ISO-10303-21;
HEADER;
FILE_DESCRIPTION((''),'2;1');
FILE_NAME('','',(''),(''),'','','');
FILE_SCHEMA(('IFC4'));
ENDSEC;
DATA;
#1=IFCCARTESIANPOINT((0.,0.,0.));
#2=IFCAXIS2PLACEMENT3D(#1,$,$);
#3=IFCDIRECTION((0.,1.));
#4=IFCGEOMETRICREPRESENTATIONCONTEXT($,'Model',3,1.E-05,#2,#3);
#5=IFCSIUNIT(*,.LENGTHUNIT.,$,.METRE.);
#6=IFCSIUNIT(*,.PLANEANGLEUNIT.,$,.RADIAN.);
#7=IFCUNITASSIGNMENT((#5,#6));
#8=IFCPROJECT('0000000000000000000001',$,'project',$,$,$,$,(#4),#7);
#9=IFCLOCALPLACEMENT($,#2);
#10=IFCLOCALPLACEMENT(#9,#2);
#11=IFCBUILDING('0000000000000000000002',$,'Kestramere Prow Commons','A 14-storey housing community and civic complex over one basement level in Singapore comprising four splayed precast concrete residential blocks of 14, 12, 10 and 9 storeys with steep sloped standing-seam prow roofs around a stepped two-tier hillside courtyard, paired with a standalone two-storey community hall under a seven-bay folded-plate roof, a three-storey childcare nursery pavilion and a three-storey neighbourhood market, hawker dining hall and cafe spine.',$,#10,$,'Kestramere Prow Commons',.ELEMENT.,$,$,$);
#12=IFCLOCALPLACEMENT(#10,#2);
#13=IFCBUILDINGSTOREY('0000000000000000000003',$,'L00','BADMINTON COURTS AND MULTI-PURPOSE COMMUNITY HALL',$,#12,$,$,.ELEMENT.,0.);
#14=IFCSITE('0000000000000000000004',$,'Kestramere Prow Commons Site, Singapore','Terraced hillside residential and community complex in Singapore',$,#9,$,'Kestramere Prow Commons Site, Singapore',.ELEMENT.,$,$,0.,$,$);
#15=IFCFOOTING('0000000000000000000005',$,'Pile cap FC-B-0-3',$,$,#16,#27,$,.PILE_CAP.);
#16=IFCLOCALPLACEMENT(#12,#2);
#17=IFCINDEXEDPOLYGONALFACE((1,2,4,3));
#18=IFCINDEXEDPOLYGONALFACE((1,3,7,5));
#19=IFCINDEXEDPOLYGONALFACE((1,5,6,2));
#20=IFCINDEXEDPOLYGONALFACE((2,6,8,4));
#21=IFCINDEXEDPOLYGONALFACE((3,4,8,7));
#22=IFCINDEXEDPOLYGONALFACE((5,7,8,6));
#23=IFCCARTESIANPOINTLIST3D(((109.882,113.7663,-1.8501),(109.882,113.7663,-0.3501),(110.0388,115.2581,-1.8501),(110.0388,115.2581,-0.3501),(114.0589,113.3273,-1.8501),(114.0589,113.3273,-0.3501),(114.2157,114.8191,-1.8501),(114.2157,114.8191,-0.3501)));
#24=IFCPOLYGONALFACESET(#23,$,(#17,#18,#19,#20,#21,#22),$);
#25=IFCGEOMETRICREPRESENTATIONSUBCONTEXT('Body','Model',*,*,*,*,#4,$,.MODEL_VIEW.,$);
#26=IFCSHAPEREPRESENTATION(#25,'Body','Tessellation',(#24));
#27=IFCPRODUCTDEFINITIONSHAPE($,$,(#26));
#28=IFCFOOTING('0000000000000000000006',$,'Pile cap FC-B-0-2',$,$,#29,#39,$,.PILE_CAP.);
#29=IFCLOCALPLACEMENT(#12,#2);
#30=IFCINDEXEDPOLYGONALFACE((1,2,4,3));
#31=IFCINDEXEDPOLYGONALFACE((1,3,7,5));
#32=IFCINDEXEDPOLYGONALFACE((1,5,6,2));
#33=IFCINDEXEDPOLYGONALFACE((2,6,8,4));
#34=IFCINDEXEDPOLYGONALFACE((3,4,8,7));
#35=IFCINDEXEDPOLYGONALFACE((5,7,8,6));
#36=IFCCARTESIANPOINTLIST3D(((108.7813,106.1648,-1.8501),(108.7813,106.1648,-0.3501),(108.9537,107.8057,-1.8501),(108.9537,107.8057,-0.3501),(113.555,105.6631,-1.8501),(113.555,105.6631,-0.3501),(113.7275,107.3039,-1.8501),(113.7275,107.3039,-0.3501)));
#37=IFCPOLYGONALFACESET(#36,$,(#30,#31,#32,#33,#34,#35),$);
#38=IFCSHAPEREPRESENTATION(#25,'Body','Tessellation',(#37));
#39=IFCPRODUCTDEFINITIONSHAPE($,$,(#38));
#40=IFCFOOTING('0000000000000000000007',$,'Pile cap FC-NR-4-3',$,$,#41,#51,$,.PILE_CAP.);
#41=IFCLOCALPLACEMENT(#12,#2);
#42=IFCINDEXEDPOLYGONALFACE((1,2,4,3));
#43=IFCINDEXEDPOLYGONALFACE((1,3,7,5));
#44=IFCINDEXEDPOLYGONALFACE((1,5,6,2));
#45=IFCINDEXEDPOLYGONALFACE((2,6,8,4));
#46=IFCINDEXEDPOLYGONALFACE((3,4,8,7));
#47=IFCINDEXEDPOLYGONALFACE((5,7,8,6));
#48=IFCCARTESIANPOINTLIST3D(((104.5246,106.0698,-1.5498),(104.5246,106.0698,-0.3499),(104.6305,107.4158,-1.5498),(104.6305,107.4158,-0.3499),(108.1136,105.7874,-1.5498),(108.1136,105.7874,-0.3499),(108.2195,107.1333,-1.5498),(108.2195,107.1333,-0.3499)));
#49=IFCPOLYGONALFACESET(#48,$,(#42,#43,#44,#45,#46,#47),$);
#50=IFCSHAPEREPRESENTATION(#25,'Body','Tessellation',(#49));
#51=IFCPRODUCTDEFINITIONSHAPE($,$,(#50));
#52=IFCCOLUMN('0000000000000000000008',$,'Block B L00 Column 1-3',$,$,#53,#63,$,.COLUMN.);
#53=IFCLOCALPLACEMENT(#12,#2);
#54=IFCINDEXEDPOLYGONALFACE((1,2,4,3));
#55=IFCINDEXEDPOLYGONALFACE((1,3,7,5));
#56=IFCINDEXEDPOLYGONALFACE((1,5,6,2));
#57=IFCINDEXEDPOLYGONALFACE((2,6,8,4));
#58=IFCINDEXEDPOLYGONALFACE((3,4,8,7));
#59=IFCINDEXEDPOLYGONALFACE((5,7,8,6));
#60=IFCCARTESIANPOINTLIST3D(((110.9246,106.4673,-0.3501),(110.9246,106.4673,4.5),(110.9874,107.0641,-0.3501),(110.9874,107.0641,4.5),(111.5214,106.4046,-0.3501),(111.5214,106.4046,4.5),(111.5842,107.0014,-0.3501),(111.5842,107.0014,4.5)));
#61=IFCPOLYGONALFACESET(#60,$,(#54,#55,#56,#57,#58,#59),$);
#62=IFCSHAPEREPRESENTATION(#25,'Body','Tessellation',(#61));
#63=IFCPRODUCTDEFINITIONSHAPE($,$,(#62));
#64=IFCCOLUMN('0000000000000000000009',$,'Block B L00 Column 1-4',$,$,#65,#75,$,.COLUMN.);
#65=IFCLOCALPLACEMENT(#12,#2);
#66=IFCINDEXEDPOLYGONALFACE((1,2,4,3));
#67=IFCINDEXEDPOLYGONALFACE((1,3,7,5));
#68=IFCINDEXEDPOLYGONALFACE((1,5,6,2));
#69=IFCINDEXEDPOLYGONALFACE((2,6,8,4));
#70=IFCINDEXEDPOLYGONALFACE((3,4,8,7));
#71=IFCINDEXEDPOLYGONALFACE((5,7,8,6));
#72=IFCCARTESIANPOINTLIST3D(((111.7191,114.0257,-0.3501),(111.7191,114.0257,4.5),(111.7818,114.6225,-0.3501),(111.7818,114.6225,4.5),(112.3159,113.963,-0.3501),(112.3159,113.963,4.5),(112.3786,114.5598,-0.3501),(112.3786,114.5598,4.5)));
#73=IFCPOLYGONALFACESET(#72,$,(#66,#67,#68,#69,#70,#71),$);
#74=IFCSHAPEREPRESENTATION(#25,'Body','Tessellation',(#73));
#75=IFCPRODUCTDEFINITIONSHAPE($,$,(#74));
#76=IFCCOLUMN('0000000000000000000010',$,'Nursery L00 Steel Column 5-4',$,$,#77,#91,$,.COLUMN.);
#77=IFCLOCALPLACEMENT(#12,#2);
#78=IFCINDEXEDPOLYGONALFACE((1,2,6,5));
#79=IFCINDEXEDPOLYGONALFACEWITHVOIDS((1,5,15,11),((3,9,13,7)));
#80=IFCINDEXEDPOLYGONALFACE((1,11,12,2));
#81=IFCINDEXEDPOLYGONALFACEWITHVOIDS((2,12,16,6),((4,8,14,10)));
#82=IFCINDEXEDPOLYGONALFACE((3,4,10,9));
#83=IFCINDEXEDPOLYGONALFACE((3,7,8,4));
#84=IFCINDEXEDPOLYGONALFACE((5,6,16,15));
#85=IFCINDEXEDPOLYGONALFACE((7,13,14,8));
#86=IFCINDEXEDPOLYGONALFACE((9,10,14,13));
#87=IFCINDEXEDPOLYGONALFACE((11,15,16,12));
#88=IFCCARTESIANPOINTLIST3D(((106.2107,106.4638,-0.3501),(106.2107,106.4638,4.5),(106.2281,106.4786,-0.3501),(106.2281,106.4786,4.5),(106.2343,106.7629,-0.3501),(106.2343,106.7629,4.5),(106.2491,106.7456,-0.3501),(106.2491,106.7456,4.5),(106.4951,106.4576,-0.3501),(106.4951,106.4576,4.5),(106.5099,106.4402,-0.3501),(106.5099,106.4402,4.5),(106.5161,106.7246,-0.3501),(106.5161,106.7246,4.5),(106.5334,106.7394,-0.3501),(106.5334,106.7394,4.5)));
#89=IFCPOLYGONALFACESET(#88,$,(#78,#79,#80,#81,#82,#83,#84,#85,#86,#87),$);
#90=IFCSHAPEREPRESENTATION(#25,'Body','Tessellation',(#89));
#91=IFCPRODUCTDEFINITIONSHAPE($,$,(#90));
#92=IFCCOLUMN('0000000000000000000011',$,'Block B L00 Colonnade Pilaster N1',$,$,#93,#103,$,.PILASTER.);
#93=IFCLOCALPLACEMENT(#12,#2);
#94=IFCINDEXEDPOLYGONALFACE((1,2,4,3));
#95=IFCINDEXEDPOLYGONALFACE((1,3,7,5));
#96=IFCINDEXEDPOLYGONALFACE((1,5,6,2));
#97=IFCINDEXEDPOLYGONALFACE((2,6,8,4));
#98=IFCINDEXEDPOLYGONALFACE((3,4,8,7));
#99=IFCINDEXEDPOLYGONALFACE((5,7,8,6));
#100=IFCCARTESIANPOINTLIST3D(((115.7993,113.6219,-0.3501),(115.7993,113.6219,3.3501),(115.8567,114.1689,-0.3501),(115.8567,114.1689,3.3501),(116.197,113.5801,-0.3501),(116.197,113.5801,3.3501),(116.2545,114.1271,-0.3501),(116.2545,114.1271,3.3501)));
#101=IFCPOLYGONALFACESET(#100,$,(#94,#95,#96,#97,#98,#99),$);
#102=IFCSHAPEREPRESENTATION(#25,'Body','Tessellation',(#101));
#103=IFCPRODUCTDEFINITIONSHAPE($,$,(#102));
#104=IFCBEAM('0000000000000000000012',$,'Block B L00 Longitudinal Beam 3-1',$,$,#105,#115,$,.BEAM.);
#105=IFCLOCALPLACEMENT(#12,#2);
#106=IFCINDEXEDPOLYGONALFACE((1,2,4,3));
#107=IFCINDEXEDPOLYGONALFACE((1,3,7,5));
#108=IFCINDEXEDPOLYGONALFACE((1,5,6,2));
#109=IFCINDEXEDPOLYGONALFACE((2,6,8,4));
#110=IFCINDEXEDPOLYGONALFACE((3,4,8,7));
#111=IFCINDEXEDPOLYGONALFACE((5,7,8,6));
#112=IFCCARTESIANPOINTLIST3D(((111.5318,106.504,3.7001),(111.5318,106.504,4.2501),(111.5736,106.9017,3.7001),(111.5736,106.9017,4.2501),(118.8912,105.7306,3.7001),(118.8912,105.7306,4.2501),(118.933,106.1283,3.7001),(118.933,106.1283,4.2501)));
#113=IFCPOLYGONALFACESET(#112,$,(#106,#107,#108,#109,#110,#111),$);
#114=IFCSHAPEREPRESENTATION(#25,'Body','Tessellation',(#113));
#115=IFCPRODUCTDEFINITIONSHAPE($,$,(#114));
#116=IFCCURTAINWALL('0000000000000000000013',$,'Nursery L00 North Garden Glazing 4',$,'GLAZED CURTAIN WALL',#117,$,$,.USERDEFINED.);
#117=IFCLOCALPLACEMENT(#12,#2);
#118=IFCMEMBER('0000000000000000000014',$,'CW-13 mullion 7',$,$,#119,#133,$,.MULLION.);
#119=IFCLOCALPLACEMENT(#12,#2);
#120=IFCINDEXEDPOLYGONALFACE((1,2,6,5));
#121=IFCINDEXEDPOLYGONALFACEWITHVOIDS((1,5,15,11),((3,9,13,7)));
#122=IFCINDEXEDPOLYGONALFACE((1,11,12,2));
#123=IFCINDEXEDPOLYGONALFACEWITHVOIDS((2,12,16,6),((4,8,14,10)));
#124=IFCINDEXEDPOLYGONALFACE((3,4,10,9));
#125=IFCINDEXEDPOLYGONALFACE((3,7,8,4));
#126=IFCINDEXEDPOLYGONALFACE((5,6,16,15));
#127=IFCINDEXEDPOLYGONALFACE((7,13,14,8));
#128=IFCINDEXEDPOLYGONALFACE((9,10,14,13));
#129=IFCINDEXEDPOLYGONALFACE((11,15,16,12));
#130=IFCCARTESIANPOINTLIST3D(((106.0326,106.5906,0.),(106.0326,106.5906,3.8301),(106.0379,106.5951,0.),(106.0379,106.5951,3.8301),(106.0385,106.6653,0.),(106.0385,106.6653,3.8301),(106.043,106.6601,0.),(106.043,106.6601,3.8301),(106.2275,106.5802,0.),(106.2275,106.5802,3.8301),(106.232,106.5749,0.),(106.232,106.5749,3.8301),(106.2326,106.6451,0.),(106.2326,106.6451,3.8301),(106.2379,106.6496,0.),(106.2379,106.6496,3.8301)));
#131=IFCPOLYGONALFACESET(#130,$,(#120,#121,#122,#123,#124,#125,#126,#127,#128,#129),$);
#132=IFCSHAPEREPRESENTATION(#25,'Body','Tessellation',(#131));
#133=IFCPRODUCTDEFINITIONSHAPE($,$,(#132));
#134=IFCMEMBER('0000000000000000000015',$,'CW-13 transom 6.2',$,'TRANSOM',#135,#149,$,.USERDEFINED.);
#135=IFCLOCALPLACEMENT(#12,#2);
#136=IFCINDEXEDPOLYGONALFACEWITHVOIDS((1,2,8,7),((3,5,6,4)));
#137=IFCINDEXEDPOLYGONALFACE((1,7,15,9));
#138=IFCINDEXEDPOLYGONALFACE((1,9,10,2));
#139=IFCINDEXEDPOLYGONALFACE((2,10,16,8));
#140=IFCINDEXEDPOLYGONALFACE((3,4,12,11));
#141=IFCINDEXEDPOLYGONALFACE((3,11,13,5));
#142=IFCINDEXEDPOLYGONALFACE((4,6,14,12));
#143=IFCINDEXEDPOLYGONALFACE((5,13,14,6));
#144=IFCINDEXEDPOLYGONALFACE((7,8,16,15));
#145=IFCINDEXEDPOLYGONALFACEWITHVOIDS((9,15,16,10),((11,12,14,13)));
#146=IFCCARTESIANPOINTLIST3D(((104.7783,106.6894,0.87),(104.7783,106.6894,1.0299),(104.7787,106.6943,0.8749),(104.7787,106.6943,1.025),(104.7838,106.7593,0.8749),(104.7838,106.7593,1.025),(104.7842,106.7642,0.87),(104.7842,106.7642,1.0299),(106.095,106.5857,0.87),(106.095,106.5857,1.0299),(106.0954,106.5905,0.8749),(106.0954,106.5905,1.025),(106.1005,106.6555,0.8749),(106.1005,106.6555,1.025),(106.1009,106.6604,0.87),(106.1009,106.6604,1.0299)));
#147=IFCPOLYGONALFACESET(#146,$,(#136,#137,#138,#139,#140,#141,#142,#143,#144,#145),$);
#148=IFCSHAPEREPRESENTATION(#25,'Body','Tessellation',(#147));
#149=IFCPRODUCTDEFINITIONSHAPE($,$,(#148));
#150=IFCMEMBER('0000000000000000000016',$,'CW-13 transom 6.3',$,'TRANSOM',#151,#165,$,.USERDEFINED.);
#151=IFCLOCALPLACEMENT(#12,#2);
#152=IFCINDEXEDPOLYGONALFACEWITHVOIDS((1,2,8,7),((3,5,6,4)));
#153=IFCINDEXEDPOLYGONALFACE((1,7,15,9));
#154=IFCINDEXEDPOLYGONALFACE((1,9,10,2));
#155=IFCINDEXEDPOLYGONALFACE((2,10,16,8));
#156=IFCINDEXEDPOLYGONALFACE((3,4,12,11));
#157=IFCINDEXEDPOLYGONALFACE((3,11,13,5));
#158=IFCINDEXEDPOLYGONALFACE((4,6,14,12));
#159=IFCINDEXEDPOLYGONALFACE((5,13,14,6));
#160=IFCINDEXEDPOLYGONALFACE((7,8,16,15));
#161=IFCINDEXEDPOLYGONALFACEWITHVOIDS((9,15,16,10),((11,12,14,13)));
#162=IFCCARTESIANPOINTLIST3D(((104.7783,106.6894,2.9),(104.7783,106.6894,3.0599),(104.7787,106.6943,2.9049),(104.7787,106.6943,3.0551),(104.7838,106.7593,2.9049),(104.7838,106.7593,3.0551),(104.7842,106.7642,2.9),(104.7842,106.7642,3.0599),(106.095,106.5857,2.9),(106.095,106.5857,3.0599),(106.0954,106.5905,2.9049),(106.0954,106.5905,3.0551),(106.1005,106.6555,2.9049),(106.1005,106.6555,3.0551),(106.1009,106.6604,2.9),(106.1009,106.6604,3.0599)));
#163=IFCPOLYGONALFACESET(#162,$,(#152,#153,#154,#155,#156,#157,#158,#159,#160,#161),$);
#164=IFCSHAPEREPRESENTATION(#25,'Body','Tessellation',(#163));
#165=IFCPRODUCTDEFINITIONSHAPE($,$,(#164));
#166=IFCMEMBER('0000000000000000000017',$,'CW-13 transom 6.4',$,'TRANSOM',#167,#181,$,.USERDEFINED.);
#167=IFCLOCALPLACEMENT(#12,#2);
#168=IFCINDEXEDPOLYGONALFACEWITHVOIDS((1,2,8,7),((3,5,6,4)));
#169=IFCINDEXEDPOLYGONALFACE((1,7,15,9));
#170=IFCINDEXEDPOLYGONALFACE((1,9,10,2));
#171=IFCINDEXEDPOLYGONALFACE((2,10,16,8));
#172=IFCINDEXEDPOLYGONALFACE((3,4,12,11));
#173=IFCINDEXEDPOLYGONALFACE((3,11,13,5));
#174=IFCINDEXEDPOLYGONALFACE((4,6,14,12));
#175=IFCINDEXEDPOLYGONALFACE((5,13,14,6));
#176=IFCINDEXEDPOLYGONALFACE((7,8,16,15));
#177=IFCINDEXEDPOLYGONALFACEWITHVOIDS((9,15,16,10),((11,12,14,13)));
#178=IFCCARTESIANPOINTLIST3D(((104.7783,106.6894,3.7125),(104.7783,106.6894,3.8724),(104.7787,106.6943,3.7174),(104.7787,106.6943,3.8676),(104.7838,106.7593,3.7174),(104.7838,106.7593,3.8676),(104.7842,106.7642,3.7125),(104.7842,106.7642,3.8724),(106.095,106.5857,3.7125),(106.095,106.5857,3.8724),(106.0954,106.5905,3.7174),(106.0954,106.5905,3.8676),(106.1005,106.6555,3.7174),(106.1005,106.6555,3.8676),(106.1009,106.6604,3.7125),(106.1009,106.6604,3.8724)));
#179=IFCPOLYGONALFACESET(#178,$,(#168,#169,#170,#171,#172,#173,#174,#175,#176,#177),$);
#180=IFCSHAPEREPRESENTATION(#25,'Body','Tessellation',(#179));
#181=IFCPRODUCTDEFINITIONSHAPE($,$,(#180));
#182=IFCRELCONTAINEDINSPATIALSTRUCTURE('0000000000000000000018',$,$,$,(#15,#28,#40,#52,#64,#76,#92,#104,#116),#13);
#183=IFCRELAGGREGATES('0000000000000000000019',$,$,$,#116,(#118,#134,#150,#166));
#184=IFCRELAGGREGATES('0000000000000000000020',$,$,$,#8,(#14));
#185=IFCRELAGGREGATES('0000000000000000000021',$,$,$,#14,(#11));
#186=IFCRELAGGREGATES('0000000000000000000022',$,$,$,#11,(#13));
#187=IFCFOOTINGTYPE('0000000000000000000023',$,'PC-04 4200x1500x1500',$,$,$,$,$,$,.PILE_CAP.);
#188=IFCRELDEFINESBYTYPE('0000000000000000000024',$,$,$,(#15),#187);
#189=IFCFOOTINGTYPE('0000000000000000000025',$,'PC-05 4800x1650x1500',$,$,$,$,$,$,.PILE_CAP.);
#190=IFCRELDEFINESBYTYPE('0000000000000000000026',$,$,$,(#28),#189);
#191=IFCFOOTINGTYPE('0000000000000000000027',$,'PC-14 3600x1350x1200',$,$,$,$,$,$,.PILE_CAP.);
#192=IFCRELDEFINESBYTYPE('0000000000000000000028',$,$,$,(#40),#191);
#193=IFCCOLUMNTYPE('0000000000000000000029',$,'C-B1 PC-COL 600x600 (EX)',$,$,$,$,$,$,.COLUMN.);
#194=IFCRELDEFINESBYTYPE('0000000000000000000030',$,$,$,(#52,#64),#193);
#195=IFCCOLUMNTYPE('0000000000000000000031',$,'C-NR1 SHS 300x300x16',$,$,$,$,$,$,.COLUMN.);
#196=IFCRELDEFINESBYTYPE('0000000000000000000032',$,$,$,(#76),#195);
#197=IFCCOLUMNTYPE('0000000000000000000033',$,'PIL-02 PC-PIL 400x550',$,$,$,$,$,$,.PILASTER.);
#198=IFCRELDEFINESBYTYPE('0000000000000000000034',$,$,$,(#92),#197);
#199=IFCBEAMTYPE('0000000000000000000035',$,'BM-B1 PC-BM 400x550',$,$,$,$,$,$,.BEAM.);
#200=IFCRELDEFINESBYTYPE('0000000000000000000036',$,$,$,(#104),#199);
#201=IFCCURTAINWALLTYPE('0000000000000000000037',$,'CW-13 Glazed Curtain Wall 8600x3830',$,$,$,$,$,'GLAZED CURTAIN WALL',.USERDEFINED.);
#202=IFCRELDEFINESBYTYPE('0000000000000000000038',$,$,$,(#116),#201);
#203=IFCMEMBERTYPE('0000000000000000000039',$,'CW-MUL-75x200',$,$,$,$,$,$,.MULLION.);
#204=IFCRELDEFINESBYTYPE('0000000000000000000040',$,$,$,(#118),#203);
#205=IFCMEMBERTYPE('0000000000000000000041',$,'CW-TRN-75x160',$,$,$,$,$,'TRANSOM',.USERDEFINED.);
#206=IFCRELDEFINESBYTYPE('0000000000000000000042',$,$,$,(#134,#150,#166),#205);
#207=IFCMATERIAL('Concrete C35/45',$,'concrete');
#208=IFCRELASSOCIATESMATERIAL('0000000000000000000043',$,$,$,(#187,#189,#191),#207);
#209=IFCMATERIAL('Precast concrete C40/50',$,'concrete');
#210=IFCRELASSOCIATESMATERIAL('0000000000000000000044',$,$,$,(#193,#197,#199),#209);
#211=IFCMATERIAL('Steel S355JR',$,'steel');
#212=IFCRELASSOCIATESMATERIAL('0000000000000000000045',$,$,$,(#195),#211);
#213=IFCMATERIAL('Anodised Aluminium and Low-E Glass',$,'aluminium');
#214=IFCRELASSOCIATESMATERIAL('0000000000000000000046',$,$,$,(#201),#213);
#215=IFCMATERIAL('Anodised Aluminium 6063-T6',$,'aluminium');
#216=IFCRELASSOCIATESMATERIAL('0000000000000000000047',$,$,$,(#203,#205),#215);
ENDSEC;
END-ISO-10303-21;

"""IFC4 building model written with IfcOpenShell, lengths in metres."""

from ifc_helpers import new_model, si_unit, direction, frame, origin, origin_2d, place, context, subcontext, project, spatial, rectangle, hollow_rectangle, extrude, material, material_profile, profile_set, type_object, element, aggregate, save


model = new_model("IFC4")

# Units and contexts
model_context = context("Model", 3, precision=1e-05, world=origin(), true_north=direction((0.0, 1.0)))
body_context = subcontext(model_context, "Body", "Model", "MODEL_VIEW")
ifc_project = project(units=[si_unit("LENGTHUNIT", "METRE"), si_unit("PLANEANGLEUNIT", "RADIAN")], contexts=[model_context])

# Site, building, storey
site_placement = place(None, origin())
site = spatial("IfcSite", under=ifc_project, at=site_placement, Name="Kestramere Prow Commons Site, Singapore", Description="Terraced hillside residential and community complex in Singapore", LongName="Kestramere Prow Commons Site, Singapore", CompositionType="ELEMENT", RefElevation=0.0)
building_placement = place(site_placement, origin())
building = spatial("IfcBuilding", under=site, at=building_placement, Name="Kestramere Prow Commons", Description="A 14-storey housing community and civic complex over one basement level in Singapore comprising four splayed precast concrete residential blocks of 14, 12, 10 and 9 storeys with steep sloped standing-seam prow roofs around a stepped two-tier hillside courtyard, paired with a standalone two-storey community hall under a seven-bay folded-plate roof, a three-storey childcare nursery pavilion and a three-storey neighbourhood market, hawker dining hall and cafe spine.", LongName="Kestramere Prow Commons", CompositionType="ELEMENT")
storey_placement = place(building_placement, origin())
storey = spatial("IfcBuildingStorey", under=building, at=storey_placement, Name="L00", Description="BADMINTON COURTS AND MULTI-PURPOSE COMMUNITY HALL", CompositionType="ELEMENT", Elevation=0.0)

# Shared definitions
ifc_material_1 = material(Name="Concrete C35/45", Category="concrete")

# Footings
footing_type_1 = type_object("IfcFootingType", Name="PC-04 4200x1500x1500", PredefinedType="PILE_CAP", material=ifc_material_1)
footing_1_placement = place(storey_placement, frame((112.0488, 114.2927, -1.8501), z_axis=(0.0, 0.0, 1.0), x_axis=(0.994522, -0.104528, 0.0)))
element("IfcFooting", 1, at=footing_1_placement, inside=storey, type_object=footing_type_1, Name="Pile cap FC-B-0-3", PredefinedType="PILE_CAP", context=body_context, shape_type="SweptSolid", body=[
    extrude(rectangle(XDim=4.2, YDim=1.5, at=origin_2d()), origin(), (0.0, 0.0, 1.0), 1.5),
])
footing_type_2 = type_object("IfcFootingType", Name="PC-05 4800x1650x1500", PredefinedType="PILE_CAP", material=ifc_material_1)
footing_2_placement = place(storey_placement, frame((111.2544, 106.7344, -1.8501), z_axis=(0.0, 0.0, 1.0), x_axis=(0.994522, -0.104528, 0.0)))
element("IfcFooting", 2, at=footing_2_placement, inside=storey, type_object=footing_type_2, Name="Pile cap FC-B-0-2", PredefinedType="PILE_CAP", context=body_context, shape_type="SweptSolid", body=[
    extrude(rectangle(XDim=4.8, YDim=1.6499, at=origin_2d()), origin(), (0.0, 0.0, 1.0), 1.5),
])
footing_type_3 = type_object("IfcFootingType", Name="PC-14 3600x1350x1200", PredefinedType="PILE_CAP", material=ifc_material_1)
footing_3_placement = place(storey_placement, frame((106.3721, 106.6016, -1.5498), z_axis=(0.0, 0.0, 1.0), x_axis=(0.996917, -0.078459, 0.0)))
element("IfcFooting", 3, at=footing_3_placement, inside=storey, type_object=footing_type_3, Name="Pile cap FC-NR-4-3", PredefinedType="PILE_CAP", context=body_context, shape_type="SweptSolid", body=[
    extrude(rectangle(XDim=3.6001, YDim=1.3501, at=origin_2d()), origin(), (0.0, 0.0, 1.0), 1.2),
])

# Columns
ifc_material_2 = material(Name="Precast concrete C40/50", Category="concrete")
ifc_material_profile_1 = material_profile(ifc_material_2, rectangle(XDim=0.6001, YDim=0.6001, at=origin_2d()), Name="PC-COL 600x600")
ifc_profile_set_1 = profile_set([ifc_material_profile_1], Name="Precast concrete C40/50")
column_type_1 = type_object("IfcColumnType", Name="C-B1 PC-COL 600x600 (EX)", PredefinedType="COLUMN", material=ifc_profile_set_1)
for number, where, z_axis, x_axis, name in (
    (4, (111.2544, 106.7344, -0.3501), (0.0, 0.0, 1.0), (0.994522, -0.104528, 0.0), "Block B L00 Column 1-3"),
    (5, (112.0488, 114.2927, -0.3501), (0.0, 0.0, 1.0), (0.994522, -0.104528, 0.0), "Block B L00 Column 1-4"),
):
    element("IfcColumn", number, at=place(storey_placement, frame(where, z_axis=z_axis, x_axis=x_axis)), inside=storey, type_object=column_type_1, Name=name, PredefinedType="COLUMN", context=body_context, shape_type="SweptSolid", body=[
        extrude(rectangle(XDim=0.6001, YDim=0.6001, at=origin_2d()), origin(), (0.0, 0.0, 1.0), 4.8501),
    ])
ifc_material_3 = material(Name="Steel S355JR", Category="steel")
ifc_material_profile_2 = material_profile(ifc_material_3, hollow_rectangle(XDim=0.3, YDim=0.3, WallThickness=0.0161, at=origin_2d()), Name="SHS 300x300x16")
ifc_profile_set_2 = profile_set([ifc_material_profile_2], Name="Steel S355JR")
column_type_2 = type_object("IfcColumnType", Name="C-NR1 SHS 300x300x16", PredefinedType="COLUMN", material=ifc_profile_set_2)
column_1_placement = place(storey_placement, frame((106.3721, 106.6016, -0.3501), z_axis=(0.0, 0.0, 1.0), x_axis=(0.996917, -0.078459, 0.0)))
element("IfcColumn", 6, at=column_1_placement, inside=storey, type_object=column_type_2, Name="Nursery L00 Steel Column 5-4", PredefinedType="COLUMN", context=body_context, shape_type="SweptSolid", body=[
    extrude(hollow_rectangle(XDim=0.3, YDim=0.3, WallThickness=0.0161, at=origin_2d()), origin(), (0.0, 0.0, 1.0), 4.8501),
])
ifc_material_profile_3 = material_profile(ifc_material_2, rectangle(XDim=0.3999, YDim=0.55, at=origin_2d()), Name="PC-PIL 400x550")
ifc_profile_set_3 = profile_set([ifc_material_profile_3], Name="Precast concrete C40/50")
column_type_3 = type_object("IfcColumnType", Name="PIL-02 PC-PIL 400x550", PredefinedType="PILASTER", material=ifc_profile_set_3)
column_2_placement = place(storey_placement, frame((116.0269, 113.8745, -0.3501), z_axis=(0.0, 0.0, 1.0), x_axis=(0.994522, -0.104528, 0.0)))
element("IfcColumn", 7, at=column_2_placement, inside=storey, type_object=column_type_3, Name="Block B L00 Colonnade Pilaster N1", PredefinedType="PILASTER", context=body_context, shape_type="SweptSolid", body=[
    extrude(rectangle(XDim=0.3999, YDim=0.55, at=origin_2d()), origin(), (0.0, 0.0, 1.0), 3.7002),
])

# Beam
ifc_material_profile_4 = material_profile(ifc_material_2, rectangle(XDim=0.3999, YDim=0.55, at=origin_2d()), Name="PC-BM 400x550")
ifc_profile_set_4 = profile_set([ifc_material_profile_4], Name="Precast concrete C40/50")
beam_type_1 = type_object("IfcBeamType", Name="BM-B1 PC-BM 400x550", PredefinedType="BEAM", material=ifc_profile_set_4)
beam_1_placement = place(storey_placement, frame((111.5527, 106.7029, 3.9751), z_axis=(0.994523, -0.10452, 0.0), x_axis=(0.10452, 0.994523, 0.0)))
element("IfcBeam", 8, at=beam_1_placement, inside=storey, type_object=beam_type_1, Name="Block B L00 Longitudinal Beam 3-1", PredefinedType="BEAM", context=body_context, shape_type="SweptSolid", body=[
    extrude(rectangle(XDim=0.3999, YDim=0.55, at=origin_2d()), origin(), (0.0, 0.0, 1.0), 7.3999),
])

# Curtain wall, members
ifc_material_4 = material(Name="Anodised Aluminium and Low-E Glass", Category="aluminium")
curtain_wall_type = type_object("IfcCurtainWallType", Name="CW-13 Glazed Curtain Wall 8600x3830", ElementType="GLAZED CURTAIN WALL", PredefinedType="USERDEFINED", material=ifc_material_4)
curtain_wall_placement = place(storey_placement, origin())
curtain_wall = element("IfcCurtainWall", 9, at=curtain_wall_placement, inside=storey, type_object=curtain_wall_type, Name="Nursery L00 North Garden Glazing 4", ObjectType="GLAZED CURTAIN WALL", PredefinedType="USERDEFINED")
ifc_material_5 = material(Name="Anodised Aluminium 6063-T6", Category="aluminium")
ifc_material_profile_5 = material_profile(ifc_material_5, hollow_rectangle(XDim=0.075, YDim=0.2, WallThickness=0.0049, at=origin_2d()), Name="ALU-MUL 75x200")
ifc_profile_set_5 = profile_set([ifc_material_profile_5], Name="Anodised Aluminium 6063-T6")
member_type_1 = type_object("IfcMemberType", Name="CW-MUL-75x200", PredefinedType="MULLION", material=ifc_profile_set_5)
member_1_placement = place(storey_placement, frame((106.1353, 106.6201, 0.0), z_axis=(0.0, 0.0, 1.0), x_axis=(0.078459, 0.996917, 0.0)))
member_1 = element("IfcMember", 10, at=member_1_placement, type_object=member_type_1, Name="CW-13 mullion 7", PredefinedType="MULLION", context=body_context, shape_type="SweptSolid", body=[
    extrude(hollow_rectangle(XDim=0.075, YDim=0.2, WallThickness=0.0049, at=origin_2d()), origin(), (0.0, 0.0, 1.0), 3.8301),
])
ifc_material_profile_6 = material_profile(ifc_material_5, hollow_rectangle(XDim=0.075, YDim=0.1599, WallThickness=0.0049, at=origin_2d()), Name="ALU-TRN 75x160")
ifc_profile_set_6 = profile_set([ifc_material_profile_6], Name="Anodised Aluminium 6063-T6")
member_type_2 = type_object("IfcMemberType", Name="CW-TRN-75x160", ElementType="TRANSOM", PredefinedType="USERDEFINED", material=ifc_profile_set_6)
member_2_placement = place(storey_placement, frame((104.7812, 106.7268, 0.95), z_axis=(0.996909, -0.078562, 0.0), x_axis=(0.078562, 0.996909, 0.0)))
member_2 = element("IfcMember", 11, at=member_2_placement, type_object=member_type_2, Name="CW-13 transom 6.2", ObjectType="TRANSOM", PredefinedType="USERDEFINED", context=body_context, shape_type="SweptSolid", body=[
    extrude(hollow_rectangle(XDim=0.075, YDim=0.1599, WallThickness=0.0049, at=origin_2d()), origin(), (0.0, 0.0, 1.0), 1.3208),
])
member_3_placement = place(storey_placement, frame((104.7812, 106.7268, 2.98), z_axis=(0.996909, -0.078562, 0.0), x_axis=(0.078562, 0.996909, 0.0)))
member_3 = element("IfcMember", 12, at=member_3_placement, type_object=member_type_2, Name="CW-13 transom 6.3", ObjectType="TRANSOM", PredefinedType="USERDEFINED", context=body_context, shape_type="SweptSolid", body=[
    extrude(hollow_rectangle(XDim=0.075, YDim=0.1599, WallThickness=0.0049, at=origin_2d()), origin(), (0.0, 0.0, 1.0), 1.3208),
])
member_4_placement = place(storey_placement, frame((104.7812, 106.7268, 3.7925), z_axis=(0.996909, -0.078562, 0.0), x_axis=(0.078562, 0.996909, 0.0)))
member_4 = element("IfcMember", 13, at=member_4_placement, type_object=member_type_2, Name="CW-13 transom 6.4", ObjectType="TRANSOM", PredefinedType="USERDEFINED", context=body_context, shape_type="SweptSolid", body=[
    extrude(hollow_rectangle(XDim=0.075, YDim=0.1599, WallThickness=0.0049, at=origin_2d()), origin(), (0.0, 0.0, 1.0), 1.3208),
])

aggregate(curtain_wall, [member_1, member_2, member_3, member_4])

save(model, "model.ifc")
